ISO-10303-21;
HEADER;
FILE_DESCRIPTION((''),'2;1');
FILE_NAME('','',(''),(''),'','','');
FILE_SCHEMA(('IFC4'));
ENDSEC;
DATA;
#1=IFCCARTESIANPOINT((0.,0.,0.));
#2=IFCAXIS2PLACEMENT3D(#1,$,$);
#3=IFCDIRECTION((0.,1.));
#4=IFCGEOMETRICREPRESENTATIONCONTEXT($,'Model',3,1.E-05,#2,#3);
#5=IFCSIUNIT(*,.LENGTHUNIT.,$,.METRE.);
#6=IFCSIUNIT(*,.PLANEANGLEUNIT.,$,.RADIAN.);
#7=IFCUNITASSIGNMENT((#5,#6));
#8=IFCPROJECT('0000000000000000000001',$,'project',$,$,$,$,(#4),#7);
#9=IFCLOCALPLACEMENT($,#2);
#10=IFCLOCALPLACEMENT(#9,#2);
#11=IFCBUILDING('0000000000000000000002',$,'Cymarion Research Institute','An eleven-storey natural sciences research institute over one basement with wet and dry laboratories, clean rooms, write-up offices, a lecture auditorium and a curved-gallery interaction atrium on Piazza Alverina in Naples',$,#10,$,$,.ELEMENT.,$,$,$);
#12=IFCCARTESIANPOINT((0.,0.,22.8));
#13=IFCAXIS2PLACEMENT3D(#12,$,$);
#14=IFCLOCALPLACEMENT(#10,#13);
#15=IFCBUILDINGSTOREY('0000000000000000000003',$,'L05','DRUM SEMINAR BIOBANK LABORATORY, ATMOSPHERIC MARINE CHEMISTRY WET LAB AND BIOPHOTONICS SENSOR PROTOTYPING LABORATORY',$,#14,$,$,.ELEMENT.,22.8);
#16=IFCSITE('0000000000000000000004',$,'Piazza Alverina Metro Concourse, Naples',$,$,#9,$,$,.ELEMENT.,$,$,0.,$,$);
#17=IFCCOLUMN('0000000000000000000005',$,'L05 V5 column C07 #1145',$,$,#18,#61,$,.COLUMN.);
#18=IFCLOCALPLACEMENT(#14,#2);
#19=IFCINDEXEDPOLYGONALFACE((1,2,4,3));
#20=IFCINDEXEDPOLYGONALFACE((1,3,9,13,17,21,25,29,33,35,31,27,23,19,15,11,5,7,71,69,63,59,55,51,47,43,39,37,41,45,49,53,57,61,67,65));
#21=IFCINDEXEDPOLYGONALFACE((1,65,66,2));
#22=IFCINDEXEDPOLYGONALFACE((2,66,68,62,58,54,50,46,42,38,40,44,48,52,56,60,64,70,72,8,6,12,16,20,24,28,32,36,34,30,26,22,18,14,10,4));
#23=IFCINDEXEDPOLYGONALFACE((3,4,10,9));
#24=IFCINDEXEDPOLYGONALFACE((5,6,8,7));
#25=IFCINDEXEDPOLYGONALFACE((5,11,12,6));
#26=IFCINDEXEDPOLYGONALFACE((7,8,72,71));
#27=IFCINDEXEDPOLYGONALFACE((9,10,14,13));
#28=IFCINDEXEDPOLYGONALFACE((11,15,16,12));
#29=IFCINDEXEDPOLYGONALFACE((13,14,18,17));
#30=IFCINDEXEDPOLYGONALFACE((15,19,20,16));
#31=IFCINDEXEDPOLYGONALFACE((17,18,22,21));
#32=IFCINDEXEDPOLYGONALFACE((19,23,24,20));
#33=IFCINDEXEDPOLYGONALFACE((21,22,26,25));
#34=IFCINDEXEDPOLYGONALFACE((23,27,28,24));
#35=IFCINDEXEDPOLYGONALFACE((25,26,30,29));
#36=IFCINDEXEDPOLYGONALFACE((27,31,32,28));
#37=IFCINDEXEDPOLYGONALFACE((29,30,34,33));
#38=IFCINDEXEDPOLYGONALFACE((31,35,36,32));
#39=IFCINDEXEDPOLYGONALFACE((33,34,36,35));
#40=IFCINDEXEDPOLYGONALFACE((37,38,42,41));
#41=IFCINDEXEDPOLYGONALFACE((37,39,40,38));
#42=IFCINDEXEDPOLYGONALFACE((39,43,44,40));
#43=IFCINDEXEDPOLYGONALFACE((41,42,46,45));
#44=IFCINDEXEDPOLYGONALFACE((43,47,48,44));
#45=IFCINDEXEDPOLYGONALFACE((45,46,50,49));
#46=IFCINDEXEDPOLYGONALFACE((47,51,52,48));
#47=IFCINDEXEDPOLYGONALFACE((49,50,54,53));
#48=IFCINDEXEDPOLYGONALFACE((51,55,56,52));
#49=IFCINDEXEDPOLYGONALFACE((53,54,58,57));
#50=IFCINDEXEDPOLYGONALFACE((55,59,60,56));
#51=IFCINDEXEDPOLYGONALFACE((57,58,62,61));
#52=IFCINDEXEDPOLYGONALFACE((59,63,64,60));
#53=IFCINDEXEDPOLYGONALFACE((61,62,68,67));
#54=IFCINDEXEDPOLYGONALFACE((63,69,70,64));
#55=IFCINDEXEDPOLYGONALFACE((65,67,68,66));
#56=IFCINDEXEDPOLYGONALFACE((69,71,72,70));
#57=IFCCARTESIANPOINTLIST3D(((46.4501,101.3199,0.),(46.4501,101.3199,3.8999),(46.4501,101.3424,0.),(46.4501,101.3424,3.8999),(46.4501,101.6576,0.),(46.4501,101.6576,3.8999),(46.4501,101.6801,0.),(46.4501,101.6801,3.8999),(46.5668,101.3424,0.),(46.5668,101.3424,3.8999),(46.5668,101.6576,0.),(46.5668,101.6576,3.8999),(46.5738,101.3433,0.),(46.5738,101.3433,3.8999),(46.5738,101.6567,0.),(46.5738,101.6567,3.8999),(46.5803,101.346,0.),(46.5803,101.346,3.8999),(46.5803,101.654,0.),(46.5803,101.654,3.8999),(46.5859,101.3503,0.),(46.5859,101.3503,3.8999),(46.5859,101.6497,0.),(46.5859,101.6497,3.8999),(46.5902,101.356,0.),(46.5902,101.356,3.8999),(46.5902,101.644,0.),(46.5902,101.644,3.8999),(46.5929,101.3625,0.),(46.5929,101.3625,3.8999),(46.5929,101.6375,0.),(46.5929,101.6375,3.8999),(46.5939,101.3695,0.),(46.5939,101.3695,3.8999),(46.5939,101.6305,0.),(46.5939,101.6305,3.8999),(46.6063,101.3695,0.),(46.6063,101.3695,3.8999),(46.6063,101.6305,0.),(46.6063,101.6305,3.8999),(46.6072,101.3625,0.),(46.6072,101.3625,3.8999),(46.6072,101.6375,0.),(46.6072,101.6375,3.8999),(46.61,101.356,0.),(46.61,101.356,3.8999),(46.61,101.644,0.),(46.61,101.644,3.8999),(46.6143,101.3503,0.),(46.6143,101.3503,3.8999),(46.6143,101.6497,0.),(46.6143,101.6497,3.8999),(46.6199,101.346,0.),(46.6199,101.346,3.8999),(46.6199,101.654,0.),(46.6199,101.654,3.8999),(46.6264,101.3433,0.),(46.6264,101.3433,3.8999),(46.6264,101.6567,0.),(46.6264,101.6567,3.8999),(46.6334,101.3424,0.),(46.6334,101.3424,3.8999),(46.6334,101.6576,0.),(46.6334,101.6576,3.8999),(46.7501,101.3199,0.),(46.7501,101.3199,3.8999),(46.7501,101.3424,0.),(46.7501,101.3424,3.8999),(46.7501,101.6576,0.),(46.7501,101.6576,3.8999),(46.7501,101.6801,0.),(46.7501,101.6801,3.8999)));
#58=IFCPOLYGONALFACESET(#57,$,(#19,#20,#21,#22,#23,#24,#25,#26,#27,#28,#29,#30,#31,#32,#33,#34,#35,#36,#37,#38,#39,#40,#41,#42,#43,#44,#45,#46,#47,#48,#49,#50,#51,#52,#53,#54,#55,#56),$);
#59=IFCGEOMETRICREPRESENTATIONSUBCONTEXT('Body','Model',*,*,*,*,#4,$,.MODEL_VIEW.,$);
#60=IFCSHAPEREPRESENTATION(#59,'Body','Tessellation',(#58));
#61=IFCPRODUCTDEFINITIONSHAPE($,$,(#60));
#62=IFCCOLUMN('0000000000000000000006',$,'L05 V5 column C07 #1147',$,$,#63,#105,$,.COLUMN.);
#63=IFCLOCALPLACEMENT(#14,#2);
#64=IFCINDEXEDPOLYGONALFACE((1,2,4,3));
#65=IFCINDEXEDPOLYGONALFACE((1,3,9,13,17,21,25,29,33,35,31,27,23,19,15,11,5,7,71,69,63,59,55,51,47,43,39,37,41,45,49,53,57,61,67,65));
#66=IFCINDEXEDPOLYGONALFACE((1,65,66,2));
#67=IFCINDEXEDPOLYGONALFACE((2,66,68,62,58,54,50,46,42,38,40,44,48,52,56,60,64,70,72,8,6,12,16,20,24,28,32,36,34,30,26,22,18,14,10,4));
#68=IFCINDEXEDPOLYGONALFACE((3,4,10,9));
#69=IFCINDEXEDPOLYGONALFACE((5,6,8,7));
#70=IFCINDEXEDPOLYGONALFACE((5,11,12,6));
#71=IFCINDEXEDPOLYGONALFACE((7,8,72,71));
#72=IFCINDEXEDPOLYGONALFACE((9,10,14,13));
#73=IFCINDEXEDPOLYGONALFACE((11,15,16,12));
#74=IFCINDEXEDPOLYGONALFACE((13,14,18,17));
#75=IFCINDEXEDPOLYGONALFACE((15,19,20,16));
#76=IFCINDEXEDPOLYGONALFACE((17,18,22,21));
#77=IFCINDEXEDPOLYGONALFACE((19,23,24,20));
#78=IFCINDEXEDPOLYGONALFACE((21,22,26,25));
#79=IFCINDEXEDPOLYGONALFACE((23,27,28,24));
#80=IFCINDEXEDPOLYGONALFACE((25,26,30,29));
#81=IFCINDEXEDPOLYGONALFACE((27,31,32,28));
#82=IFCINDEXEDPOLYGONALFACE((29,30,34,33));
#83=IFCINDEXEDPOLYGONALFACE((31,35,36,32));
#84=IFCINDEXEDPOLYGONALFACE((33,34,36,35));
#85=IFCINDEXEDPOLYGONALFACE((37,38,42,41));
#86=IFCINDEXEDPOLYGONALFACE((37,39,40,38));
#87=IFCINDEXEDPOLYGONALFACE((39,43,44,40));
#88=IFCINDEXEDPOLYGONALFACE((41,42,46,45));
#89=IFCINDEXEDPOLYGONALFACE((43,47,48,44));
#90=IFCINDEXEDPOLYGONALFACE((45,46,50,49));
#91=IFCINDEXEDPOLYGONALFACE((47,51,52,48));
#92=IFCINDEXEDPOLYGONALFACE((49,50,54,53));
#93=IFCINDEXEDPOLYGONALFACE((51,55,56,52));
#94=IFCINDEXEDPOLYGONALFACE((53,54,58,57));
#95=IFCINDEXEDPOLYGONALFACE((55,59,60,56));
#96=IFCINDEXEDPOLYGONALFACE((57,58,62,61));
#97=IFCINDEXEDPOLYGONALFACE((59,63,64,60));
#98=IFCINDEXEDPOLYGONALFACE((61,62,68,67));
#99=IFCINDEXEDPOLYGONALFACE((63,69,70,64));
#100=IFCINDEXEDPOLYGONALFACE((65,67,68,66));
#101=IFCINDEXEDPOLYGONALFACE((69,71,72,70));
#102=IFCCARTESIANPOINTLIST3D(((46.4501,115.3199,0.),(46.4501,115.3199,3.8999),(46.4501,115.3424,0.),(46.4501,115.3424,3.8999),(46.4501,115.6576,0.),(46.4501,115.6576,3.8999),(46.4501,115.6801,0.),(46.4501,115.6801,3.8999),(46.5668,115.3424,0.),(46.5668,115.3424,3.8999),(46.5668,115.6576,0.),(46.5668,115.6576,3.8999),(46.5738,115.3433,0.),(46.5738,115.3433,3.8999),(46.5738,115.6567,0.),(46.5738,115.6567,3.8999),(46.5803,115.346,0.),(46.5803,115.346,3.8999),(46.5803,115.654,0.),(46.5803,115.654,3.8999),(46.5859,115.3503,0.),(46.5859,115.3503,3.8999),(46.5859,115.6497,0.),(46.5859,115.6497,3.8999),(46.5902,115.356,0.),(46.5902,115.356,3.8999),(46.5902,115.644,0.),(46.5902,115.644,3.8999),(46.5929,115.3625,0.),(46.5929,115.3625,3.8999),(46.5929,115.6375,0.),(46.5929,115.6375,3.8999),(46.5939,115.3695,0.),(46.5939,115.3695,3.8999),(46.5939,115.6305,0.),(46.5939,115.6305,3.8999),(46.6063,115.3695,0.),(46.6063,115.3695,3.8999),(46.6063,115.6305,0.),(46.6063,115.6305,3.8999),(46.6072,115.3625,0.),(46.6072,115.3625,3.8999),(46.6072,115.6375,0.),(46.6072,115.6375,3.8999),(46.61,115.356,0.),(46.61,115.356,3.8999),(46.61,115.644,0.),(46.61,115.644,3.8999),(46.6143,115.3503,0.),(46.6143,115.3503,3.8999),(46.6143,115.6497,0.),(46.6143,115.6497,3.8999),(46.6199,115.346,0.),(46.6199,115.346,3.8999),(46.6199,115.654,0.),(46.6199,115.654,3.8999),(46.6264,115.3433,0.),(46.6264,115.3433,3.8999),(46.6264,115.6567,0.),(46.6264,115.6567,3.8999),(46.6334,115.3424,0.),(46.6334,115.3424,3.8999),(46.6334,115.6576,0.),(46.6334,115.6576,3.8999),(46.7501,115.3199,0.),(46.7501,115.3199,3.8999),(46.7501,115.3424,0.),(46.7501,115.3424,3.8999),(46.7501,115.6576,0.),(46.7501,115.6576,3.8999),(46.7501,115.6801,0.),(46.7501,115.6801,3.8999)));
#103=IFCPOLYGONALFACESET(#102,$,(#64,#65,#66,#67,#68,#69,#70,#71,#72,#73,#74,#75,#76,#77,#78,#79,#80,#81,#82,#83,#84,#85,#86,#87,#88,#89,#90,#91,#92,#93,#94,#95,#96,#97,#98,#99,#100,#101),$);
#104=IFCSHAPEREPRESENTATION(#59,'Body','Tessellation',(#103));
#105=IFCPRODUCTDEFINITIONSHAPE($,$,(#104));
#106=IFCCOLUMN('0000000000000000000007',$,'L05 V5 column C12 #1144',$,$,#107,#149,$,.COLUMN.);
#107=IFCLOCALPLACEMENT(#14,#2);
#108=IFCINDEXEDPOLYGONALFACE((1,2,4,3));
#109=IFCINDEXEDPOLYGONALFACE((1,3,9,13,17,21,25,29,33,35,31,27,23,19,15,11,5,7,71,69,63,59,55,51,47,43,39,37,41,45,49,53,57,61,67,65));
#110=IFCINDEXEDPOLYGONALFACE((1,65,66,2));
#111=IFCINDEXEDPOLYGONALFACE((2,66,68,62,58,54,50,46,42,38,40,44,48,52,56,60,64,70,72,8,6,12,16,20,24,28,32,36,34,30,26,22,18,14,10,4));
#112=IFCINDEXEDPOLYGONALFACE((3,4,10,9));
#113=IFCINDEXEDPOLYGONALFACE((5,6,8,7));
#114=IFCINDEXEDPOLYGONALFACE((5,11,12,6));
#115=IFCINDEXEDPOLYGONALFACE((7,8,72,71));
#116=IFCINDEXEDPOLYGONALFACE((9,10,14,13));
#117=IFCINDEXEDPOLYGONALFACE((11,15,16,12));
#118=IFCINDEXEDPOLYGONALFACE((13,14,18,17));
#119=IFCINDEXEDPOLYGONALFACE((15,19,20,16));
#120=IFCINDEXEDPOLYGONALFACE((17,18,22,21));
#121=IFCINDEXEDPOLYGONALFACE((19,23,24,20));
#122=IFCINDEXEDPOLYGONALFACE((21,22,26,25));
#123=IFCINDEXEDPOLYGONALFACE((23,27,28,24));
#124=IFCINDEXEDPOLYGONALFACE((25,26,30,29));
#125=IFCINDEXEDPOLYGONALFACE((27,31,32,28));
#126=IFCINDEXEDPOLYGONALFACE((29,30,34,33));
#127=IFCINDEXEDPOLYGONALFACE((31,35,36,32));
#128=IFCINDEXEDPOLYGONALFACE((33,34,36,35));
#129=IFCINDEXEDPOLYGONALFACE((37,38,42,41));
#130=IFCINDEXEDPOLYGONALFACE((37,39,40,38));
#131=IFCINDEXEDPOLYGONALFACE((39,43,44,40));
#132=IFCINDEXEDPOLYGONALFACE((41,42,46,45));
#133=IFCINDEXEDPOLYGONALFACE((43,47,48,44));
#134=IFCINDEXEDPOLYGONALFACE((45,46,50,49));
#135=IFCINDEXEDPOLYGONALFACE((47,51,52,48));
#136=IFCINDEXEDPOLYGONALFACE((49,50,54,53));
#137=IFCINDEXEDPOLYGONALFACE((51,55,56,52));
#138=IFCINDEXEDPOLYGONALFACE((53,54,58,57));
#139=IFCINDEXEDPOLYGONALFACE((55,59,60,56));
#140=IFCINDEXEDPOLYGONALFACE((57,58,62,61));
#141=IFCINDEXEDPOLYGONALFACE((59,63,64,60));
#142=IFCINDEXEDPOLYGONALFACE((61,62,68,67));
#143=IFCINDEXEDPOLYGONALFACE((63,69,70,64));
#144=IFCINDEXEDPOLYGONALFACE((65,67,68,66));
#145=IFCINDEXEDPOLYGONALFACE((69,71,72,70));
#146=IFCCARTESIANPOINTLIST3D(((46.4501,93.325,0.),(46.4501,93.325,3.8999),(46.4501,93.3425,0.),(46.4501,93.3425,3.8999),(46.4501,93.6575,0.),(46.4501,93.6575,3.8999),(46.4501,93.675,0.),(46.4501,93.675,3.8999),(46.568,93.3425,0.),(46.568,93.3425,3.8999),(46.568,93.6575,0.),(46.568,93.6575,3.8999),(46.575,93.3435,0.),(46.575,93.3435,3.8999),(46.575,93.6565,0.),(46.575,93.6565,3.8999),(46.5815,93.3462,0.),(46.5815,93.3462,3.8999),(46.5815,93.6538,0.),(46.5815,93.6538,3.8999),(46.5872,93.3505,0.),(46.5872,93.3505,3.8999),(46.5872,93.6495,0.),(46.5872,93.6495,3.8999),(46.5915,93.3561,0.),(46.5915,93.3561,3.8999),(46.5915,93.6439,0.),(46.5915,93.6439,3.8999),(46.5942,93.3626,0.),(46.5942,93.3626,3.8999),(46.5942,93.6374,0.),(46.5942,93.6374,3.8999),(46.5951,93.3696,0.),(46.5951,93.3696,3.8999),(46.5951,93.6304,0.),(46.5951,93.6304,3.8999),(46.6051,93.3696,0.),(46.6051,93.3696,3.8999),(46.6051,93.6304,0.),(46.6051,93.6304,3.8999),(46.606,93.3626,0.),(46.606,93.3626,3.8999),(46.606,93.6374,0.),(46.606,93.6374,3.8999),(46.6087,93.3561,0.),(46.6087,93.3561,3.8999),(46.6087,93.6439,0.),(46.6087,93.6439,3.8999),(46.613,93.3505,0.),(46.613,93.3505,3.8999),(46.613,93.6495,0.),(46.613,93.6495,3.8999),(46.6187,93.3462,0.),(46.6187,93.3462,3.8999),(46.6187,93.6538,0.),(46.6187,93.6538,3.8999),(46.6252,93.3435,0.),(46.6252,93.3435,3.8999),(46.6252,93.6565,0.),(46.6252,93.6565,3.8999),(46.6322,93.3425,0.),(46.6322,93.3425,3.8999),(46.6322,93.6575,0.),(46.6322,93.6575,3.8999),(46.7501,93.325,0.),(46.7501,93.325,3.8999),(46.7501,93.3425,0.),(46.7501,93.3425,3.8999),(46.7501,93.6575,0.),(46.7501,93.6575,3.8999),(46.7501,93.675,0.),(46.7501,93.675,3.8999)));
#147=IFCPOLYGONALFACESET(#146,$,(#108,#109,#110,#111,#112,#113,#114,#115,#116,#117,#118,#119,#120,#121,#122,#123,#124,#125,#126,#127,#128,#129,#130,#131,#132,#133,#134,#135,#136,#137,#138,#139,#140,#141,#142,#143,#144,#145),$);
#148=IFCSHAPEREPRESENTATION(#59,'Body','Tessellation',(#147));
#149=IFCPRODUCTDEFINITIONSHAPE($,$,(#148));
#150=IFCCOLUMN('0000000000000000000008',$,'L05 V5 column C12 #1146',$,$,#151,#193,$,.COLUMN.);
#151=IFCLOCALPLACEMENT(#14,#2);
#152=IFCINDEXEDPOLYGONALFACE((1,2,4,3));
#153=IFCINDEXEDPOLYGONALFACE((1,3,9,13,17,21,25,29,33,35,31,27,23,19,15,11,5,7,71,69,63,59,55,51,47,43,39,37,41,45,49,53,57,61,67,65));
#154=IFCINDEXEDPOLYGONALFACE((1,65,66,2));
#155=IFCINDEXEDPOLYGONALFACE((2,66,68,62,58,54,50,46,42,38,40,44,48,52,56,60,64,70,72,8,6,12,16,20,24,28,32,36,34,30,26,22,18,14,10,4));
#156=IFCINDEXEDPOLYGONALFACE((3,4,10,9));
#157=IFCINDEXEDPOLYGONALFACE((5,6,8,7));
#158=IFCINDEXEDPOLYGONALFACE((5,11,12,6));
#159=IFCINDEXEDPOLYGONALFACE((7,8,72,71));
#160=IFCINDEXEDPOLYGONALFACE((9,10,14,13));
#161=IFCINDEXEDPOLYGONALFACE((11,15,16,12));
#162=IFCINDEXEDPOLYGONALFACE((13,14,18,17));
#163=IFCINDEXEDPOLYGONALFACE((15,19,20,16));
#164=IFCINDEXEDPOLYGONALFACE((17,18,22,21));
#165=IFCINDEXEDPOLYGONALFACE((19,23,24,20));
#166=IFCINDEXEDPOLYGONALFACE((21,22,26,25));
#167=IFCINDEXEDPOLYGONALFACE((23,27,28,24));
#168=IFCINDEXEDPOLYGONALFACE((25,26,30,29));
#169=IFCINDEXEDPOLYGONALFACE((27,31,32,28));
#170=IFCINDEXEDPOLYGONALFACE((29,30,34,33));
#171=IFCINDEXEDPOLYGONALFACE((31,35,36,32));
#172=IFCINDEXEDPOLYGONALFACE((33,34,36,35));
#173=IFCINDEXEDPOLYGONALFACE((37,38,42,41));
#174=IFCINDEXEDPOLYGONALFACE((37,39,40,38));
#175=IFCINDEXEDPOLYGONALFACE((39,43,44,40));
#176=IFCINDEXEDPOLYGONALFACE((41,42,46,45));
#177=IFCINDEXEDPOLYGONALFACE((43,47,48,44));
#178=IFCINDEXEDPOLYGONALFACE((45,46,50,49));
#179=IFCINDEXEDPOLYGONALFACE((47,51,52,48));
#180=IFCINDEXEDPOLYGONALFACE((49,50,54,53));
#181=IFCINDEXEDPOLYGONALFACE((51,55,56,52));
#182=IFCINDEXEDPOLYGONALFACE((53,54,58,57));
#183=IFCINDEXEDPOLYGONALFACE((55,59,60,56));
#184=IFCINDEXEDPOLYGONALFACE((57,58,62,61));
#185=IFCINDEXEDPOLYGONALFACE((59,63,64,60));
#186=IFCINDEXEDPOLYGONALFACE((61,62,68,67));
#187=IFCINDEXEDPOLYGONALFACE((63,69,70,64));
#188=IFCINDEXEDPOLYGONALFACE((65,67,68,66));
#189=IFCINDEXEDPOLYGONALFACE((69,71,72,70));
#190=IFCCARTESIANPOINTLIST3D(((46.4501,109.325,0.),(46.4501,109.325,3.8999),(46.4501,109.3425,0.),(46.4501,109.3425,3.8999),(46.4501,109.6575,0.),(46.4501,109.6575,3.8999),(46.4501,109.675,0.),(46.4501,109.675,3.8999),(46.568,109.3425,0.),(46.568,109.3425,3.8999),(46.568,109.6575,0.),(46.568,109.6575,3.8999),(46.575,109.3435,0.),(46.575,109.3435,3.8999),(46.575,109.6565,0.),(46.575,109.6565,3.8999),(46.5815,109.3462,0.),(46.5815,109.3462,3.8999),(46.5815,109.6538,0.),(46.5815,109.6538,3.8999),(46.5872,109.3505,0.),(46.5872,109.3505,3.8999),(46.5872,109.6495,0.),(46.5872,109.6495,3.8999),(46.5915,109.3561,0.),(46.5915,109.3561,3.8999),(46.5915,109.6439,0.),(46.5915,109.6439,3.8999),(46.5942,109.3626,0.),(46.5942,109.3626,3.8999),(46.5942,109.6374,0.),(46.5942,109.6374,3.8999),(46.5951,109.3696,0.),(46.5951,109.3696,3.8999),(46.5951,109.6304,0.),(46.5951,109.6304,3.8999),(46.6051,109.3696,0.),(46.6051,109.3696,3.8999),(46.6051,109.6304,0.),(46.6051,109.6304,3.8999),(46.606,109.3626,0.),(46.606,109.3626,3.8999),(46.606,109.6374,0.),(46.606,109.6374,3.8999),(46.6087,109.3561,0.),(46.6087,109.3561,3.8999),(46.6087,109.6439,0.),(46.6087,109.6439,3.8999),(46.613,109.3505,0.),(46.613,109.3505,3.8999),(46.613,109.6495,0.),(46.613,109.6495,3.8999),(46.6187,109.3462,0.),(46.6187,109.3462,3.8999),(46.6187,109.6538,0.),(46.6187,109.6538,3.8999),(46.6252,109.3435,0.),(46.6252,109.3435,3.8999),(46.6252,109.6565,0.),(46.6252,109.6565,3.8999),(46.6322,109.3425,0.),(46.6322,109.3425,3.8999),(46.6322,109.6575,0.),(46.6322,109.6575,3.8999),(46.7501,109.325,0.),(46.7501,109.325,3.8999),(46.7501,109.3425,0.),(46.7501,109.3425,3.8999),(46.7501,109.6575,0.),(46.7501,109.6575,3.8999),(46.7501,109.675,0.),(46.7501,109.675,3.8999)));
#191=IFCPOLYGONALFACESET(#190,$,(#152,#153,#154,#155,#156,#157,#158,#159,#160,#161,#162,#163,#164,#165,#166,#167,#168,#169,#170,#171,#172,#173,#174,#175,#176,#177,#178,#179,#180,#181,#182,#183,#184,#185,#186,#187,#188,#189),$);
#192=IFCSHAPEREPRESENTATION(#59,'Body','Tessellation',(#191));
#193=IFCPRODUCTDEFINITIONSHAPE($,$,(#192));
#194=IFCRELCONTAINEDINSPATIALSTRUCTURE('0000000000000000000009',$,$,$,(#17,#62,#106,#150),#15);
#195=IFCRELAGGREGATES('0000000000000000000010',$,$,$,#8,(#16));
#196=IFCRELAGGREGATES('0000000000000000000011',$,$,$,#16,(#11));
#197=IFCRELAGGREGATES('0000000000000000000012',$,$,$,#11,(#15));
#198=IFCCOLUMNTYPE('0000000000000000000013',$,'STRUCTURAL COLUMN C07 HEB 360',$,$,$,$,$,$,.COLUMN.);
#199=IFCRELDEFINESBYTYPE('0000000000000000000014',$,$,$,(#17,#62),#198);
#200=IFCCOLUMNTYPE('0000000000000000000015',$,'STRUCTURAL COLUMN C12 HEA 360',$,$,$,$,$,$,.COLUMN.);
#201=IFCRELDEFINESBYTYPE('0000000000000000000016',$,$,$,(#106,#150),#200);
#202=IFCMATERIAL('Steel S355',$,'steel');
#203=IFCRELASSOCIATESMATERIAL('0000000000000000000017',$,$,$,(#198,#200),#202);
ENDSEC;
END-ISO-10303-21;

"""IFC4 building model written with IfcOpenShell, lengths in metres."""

from ifc_helpers import new_model, si_unit, direction, frame, origin, origin_2d, place, context, subcontext, project, spatial, i_section, extrude, material, material_profile, profile_set, type_object, element, save


model = new_model("IFC4")

# Units and contexts
model_context = context("Model", 3, precision=1e-05, world=origin(), true_north=direction((0.0, 1.0)))
body_context = subcontext(model_context, "Body", "Model", "MODEL_VIEW")
ifc_project = project(units=[si_unit("LENGTHUNIT", "METRE"), si_unit("PLANEANGLEUNIT", "RADIAN")], contexts=[model_context])

# Site, building, storey
site_placement = place(None, origin())
site = spatial("IfcSite", under=ifc_project, at=site_placement, Name="Piazza Alverina Metro Concourse, Naples", CompositionType="ELEMENT", RefElevation=0.0)
building_placement = place(site_placement, origin())
building = spatial("IfcBuilding", under=site, at=building_placement, Name="Cymarion Research Institute", Description="An eleven-storey natural sciences research institute over one basement with wet and dry laboratories, clean rooms, write-up offices, a lecture auditorium and a curved-gallery interaction atrium on Piazza Alverina in Naples", CompositionType="ELEMENT")
storey_placement = place(building_placement, frame((0.0, 0.0, 22.8)))
storey = spatial("IfcBuildingStorey", under=building, at=storey_placement, Name="L05", Description="DRUM SEMINAR BIOBANK LABORATORY, ATMOSPHERIC MARINE CHEMISTRY WET LAB AND BIOPHOTONICS SENSOR PROTOTYPING LABORATORY", CompositionType="ELEMENT", Elevation=22.8)

# Columns
ifc_material_1 = material(Name="Steel S355", Category="steel")
ifc_material_profile_1 = material_profile(ifc_material_1, i_section(OverallWidth=0.3, OverallDepth=0.3601, WebThickness=0.0125, FlangeThickness=0.0225, FilletRadius=0.0271, at=origin_2d()), Name="HEB 360")
ifc_profile_set_1 = profile_set([ifc_material_profile_1], Name="Steel S355")
column_type_1 = type_object("IfcColumnType", Name="STRUCTURAL COLUMN C07 HEB 360", PredefinedType="COLUMN", material=ifc_profile_set_1)
for number, where, z_axis, x_axis, name in (
    (1, (46.6001, 101.5, 0.0), (0.0, 0.0, 1.0), (1.0, 0.0, 0.0), "L05 V5 column C07 #1145"),
    (2, (46.6001, 115.5, 0.0), (0.0, 0.0, 1.0), (1.0, 0.0, 0.0), "L05 V5 column C07 #1147"),
):
    element("IfcColumn", number, at=place(storey_placement, frame(where, z_axis=z_axis, x_axis=x_axis)), inside=storey, type_object=column_type_1, Name=name, PredefinedType="COLUMN", context=body_context, shape_type="SweptSolid", body=[
        extrude(i_section(OverallWidth=0.3, OverallDepth=0.3601, WebThickness=0.0125, FlangeThickness=0.0225, FilletRadius=0.0271, at=origin_2d()), origin(), (0.0, 0.0, 1.0), 3.8999),
    ])
ifc_material_profile_2 = material_profile(ifc_material_1, i_section(OverallWidth=0.3, OverallDepth=0.3501, WebThickness=0.01, FlangeThickness=0.0176, FilletRadius=0.0271, at=origin_2d()), Name="HEA 360")
ifc_profile_set_2 = profile_set([ifc_material_profile_2], Name="Steel S355")
column_type_2 = type_object("IfcColumnType", Name="STRUCTURAL COLUMN C12 HEA 360", PredefinedType="COLUMN", material=ifc_profile_set_2)
for number, where, z_axis, x_axis, name in (
    (3, (46.6001, 93.5, 0.0), (0.0, 0.0, 1.0), (1.0, 0.0, 0.0), "L05 V5 column C12 #1144"),
    (4, (46.6001, 109.5, 0.0), (0.0, 0.0, 1.0), (1.0, 0.0, 0.0), "L05 V5 column C12 #1146"),
):
    element("IfcColumn", number, at=place(storey_placement, frame(where, z_axis=z_axis, x_axis=x_axis)), inside=storey, type_object=column_type_2, Name=name, PredefinedType="COLUMN", context=body_context, shape_type="SweptSolid", body=[
        extrude(i_section(OverallWidth=0.3, OverallDepth=0.3501, WebThickness=0.01, FlangeThickness=0.0176, FilletRadius=0.0271, at=origin_2d()), origin(), (0.0, 0.0, 1.0), 3.8999),
    ])

save(model, "model.ifc")
